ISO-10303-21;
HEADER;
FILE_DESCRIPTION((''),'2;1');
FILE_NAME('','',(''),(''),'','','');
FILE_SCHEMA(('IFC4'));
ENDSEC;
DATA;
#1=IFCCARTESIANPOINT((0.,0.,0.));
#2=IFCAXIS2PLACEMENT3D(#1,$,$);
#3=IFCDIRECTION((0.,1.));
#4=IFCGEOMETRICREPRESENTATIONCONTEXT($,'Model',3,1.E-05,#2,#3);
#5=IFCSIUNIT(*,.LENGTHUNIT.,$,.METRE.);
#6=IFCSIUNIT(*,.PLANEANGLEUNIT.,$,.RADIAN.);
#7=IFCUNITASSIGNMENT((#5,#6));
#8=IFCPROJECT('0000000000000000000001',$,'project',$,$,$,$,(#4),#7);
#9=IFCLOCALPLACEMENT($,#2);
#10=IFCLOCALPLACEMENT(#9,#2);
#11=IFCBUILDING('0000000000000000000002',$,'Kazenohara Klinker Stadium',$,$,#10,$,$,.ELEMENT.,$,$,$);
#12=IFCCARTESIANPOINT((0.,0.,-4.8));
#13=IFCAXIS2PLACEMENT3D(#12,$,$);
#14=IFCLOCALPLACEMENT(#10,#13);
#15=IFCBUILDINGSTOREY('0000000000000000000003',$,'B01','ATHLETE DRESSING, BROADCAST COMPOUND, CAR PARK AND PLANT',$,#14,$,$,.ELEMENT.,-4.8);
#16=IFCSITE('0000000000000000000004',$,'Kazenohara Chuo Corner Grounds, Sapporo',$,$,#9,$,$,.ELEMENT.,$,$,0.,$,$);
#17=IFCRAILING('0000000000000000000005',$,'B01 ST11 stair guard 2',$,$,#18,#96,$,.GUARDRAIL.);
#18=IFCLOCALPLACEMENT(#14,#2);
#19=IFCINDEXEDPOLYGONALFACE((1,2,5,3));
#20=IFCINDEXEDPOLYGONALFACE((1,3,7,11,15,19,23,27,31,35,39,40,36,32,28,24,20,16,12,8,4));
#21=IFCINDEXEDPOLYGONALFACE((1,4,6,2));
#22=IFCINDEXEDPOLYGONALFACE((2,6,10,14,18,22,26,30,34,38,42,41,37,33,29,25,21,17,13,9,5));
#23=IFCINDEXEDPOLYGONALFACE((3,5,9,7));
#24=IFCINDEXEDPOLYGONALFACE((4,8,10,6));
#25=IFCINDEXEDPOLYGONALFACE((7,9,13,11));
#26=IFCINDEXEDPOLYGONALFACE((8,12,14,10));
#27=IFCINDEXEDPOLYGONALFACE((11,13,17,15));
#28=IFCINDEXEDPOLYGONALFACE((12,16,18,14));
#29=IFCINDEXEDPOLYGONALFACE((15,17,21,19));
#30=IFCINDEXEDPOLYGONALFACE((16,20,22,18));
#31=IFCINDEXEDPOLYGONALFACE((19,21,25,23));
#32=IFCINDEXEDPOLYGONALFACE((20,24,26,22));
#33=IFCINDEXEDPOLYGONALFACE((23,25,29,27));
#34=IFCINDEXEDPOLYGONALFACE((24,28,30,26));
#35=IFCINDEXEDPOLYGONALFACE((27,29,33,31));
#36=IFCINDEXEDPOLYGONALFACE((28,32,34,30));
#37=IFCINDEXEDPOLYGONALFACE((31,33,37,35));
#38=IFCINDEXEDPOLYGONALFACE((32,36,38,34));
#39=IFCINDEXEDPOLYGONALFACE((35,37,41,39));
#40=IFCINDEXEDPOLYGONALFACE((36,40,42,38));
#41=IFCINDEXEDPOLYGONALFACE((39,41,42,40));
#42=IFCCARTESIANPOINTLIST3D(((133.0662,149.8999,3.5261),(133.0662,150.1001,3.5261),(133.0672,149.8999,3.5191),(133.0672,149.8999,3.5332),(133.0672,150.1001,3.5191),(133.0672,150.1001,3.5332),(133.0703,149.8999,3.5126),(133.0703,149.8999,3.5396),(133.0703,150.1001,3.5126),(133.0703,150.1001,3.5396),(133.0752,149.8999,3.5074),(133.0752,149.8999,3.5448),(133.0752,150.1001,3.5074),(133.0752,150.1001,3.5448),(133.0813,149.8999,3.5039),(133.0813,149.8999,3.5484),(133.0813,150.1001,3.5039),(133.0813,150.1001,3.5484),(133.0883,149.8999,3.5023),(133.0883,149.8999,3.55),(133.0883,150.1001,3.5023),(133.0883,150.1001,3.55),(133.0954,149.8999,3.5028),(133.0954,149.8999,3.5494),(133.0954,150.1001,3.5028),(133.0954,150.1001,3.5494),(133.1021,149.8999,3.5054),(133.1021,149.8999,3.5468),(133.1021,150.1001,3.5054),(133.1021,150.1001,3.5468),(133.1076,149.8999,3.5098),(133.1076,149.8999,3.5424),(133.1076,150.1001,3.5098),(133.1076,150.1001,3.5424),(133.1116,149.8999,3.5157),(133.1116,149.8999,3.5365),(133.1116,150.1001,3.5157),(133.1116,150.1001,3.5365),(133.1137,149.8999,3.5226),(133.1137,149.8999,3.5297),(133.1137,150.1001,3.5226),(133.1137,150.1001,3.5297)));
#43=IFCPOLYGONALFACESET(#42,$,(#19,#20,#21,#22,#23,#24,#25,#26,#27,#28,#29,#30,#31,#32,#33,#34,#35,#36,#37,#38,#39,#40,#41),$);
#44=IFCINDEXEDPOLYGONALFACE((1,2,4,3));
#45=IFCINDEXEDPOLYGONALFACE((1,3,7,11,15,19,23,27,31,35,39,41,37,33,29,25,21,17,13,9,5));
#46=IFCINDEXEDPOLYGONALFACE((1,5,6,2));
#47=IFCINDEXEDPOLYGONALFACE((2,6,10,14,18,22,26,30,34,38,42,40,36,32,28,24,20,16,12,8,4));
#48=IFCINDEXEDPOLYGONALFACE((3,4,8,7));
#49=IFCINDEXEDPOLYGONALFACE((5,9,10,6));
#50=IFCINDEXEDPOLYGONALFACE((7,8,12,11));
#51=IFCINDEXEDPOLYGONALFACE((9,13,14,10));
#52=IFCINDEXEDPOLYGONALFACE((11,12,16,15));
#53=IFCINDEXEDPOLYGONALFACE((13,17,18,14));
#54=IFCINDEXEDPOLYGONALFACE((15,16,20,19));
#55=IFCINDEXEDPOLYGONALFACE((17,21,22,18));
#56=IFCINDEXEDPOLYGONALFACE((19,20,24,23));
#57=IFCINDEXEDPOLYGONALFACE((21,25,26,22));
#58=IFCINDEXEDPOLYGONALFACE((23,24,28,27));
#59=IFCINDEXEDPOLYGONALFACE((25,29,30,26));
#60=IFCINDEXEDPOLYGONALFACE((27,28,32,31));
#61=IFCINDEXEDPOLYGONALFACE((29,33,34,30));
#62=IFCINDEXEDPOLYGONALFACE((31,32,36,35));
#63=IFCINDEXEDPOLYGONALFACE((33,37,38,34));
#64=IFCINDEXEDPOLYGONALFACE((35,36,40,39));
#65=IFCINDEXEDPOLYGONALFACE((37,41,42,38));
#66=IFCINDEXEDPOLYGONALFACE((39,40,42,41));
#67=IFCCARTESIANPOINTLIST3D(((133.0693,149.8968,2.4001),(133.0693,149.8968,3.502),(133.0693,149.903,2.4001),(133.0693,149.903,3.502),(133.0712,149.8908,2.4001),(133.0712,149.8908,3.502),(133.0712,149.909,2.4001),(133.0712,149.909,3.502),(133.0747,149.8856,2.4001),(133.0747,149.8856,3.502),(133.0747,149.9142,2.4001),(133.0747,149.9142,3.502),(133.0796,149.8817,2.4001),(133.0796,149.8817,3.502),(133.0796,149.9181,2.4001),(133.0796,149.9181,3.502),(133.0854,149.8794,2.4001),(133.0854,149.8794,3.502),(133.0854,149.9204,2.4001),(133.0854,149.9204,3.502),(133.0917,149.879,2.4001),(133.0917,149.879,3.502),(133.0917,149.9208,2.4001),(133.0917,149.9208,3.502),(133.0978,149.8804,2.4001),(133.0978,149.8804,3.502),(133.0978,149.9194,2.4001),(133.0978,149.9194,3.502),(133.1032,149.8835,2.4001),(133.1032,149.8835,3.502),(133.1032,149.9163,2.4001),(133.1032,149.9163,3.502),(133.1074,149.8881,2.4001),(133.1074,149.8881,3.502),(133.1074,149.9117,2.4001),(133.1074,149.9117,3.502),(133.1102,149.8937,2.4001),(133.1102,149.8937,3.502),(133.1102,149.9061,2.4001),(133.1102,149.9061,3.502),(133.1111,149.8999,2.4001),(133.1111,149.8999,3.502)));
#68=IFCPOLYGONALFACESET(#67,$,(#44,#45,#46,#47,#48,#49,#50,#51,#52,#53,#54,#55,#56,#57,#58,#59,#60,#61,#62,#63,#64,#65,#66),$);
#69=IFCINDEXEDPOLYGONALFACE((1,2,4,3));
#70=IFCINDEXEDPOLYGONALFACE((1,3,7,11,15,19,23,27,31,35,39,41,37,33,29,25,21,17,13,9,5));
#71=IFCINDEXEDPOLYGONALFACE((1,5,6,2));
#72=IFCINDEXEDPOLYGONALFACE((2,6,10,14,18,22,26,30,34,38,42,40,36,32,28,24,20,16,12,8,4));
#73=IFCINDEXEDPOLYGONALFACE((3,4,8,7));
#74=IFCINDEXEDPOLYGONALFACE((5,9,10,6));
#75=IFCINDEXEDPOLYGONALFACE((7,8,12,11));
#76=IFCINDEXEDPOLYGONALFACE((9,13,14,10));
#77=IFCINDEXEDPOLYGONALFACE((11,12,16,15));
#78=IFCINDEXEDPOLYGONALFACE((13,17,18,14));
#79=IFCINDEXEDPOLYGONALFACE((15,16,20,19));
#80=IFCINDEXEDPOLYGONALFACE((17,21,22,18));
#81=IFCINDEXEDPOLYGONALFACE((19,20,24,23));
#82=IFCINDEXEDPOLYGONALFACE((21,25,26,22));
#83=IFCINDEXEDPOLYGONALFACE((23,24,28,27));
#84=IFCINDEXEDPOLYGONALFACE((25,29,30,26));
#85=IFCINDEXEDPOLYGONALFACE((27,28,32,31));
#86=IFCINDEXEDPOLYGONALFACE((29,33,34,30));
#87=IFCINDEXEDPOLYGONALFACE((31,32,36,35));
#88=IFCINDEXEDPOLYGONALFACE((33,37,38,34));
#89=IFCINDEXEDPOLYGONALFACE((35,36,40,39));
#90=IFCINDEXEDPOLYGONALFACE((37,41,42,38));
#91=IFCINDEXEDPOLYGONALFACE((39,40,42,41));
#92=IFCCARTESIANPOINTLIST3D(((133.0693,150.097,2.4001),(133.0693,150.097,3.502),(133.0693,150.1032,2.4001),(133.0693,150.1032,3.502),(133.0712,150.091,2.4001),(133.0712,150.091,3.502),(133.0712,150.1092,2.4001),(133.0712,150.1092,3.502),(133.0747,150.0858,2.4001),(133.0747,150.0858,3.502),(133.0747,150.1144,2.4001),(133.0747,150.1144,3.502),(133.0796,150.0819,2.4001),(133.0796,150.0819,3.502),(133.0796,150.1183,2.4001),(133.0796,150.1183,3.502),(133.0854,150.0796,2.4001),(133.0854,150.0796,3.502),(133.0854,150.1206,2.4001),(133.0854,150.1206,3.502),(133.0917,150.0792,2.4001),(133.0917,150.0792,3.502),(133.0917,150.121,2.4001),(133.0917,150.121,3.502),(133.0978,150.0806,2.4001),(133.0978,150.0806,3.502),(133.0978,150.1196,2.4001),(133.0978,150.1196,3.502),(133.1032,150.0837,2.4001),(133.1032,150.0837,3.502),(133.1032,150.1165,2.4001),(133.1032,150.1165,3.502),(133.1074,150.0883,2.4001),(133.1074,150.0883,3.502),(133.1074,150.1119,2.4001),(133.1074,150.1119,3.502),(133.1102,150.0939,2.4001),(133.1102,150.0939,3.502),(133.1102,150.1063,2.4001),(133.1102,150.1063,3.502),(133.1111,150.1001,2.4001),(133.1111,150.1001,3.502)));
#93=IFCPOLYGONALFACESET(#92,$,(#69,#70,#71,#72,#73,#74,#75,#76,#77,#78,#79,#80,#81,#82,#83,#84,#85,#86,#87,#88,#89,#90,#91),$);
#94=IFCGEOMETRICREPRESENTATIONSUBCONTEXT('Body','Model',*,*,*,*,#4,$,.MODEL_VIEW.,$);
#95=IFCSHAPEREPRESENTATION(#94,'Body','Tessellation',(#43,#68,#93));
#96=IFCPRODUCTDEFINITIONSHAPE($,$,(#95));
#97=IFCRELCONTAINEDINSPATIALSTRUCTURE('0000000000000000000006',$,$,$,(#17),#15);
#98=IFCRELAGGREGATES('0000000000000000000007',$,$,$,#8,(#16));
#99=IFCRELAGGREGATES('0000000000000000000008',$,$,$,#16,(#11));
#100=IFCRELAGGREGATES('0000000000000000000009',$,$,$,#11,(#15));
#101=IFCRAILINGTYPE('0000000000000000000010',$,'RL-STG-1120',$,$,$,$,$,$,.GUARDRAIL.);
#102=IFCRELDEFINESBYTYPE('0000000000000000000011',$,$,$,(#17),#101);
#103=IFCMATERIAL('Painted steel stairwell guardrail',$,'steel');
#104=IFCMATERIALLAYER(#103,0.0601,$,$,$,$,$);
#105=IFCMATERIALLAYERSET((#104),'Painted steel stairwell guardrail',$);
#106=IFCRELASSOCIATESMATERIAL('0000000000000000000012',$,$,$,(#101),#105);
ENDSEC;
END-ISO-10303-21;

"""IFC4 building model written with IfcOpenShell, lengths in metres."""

from ifc_helpers import new_model, si_unit, direction, frame, origin, origin_2d, place, context, subcontext, project, spatial, circle, extrude, material, layer, layer_set, type_object, element, save


model = new_model("IFC4")

# Units and contexts
model_context = context("Model", 3, precision=1e-05, world=origin(), true_north=direction((0.0, 1.0)))
body_context = subcontext(model_context, "Body", "Model", "MODEL_VIEW")
ifc_project = project(units=[si_unit("LENGTHUNIT", "METRE"), si_unit("PLANEANGLEUNIT", "RADIAN")], contexts=[model_context])

# Site, building, storey
site_placement = place(None, origin())
site = spatial("IfcSite", under=ifc_project, at=site_placement, Name="Kazenohara Chuo Corner Grounds, Sapporo", CompositionType="ELEMENT", RefElevation=0.0)
building_placement = place(site_placement, origin())
building = spatial("IfcBuilding", under=site, at=building_placement, Name="Kazenohara Klinker Stadium", CompositionType="ELEMENT")
storey_placement = place(building_placement, frame((0.0, 0.0, -4.8)))
storey = spatial("IfcBuildingStorey", under=building, at=storey_placement, Name="B01", Description="ATHLETE DRESSING, BROADCAST COMPOUND, CAR PARK AND PLANT", CompositionType="ELEMENT", Elevation=-4.8)

# Railing
ifc_material_1 = material(Name="Painted steel stairwell guardrail", Category="steel")
ifc_layer_1 = layer(ifc_material_1, 0.0601)
ifc_layer_set_1 = layer_set([ifc_layer_1], Name="Painted steel stairwell guardrail")
railing_type_1 = type_object("IfcRailingType", Name="RL-STG-1120", PredefinedType="GUARDRAIL", material=ifc_layer_set_1)
railing_1_placement = place(storey_placement, frame((133.0901, 149.8999, 2.4001)))
element("IfcRailing", 1, at=railing_1_placement, inside=storey, type_object=railing_type_1, Name="B01 ST11 stair guard 2", PredefinedType="GUARDRAIL", context=body_context, shape_type="SweptSolid", body=[
    extrude(circle(Radius=0.0239, at=origin_2d()), frame((0.0, 0.0, 1.126), z_axis=(0.0, 1.0, 0.0), x_axis=(-1.0, 0.0, 0.0)), (0.0, 0.0, 1.0), 0.2002),
    extrude(circle(Radius=0.021, at=origin_2d()), origin(), (0.0, 0.0, 1.0), 1.1018),
    extrude(circle(Radius=0.021, at=origin_2d()), frame((0.0, 0.2002, 0.0)), (0.0, 0.0, 1.0), 1.1018),
])

save(model, "model.ifc")
